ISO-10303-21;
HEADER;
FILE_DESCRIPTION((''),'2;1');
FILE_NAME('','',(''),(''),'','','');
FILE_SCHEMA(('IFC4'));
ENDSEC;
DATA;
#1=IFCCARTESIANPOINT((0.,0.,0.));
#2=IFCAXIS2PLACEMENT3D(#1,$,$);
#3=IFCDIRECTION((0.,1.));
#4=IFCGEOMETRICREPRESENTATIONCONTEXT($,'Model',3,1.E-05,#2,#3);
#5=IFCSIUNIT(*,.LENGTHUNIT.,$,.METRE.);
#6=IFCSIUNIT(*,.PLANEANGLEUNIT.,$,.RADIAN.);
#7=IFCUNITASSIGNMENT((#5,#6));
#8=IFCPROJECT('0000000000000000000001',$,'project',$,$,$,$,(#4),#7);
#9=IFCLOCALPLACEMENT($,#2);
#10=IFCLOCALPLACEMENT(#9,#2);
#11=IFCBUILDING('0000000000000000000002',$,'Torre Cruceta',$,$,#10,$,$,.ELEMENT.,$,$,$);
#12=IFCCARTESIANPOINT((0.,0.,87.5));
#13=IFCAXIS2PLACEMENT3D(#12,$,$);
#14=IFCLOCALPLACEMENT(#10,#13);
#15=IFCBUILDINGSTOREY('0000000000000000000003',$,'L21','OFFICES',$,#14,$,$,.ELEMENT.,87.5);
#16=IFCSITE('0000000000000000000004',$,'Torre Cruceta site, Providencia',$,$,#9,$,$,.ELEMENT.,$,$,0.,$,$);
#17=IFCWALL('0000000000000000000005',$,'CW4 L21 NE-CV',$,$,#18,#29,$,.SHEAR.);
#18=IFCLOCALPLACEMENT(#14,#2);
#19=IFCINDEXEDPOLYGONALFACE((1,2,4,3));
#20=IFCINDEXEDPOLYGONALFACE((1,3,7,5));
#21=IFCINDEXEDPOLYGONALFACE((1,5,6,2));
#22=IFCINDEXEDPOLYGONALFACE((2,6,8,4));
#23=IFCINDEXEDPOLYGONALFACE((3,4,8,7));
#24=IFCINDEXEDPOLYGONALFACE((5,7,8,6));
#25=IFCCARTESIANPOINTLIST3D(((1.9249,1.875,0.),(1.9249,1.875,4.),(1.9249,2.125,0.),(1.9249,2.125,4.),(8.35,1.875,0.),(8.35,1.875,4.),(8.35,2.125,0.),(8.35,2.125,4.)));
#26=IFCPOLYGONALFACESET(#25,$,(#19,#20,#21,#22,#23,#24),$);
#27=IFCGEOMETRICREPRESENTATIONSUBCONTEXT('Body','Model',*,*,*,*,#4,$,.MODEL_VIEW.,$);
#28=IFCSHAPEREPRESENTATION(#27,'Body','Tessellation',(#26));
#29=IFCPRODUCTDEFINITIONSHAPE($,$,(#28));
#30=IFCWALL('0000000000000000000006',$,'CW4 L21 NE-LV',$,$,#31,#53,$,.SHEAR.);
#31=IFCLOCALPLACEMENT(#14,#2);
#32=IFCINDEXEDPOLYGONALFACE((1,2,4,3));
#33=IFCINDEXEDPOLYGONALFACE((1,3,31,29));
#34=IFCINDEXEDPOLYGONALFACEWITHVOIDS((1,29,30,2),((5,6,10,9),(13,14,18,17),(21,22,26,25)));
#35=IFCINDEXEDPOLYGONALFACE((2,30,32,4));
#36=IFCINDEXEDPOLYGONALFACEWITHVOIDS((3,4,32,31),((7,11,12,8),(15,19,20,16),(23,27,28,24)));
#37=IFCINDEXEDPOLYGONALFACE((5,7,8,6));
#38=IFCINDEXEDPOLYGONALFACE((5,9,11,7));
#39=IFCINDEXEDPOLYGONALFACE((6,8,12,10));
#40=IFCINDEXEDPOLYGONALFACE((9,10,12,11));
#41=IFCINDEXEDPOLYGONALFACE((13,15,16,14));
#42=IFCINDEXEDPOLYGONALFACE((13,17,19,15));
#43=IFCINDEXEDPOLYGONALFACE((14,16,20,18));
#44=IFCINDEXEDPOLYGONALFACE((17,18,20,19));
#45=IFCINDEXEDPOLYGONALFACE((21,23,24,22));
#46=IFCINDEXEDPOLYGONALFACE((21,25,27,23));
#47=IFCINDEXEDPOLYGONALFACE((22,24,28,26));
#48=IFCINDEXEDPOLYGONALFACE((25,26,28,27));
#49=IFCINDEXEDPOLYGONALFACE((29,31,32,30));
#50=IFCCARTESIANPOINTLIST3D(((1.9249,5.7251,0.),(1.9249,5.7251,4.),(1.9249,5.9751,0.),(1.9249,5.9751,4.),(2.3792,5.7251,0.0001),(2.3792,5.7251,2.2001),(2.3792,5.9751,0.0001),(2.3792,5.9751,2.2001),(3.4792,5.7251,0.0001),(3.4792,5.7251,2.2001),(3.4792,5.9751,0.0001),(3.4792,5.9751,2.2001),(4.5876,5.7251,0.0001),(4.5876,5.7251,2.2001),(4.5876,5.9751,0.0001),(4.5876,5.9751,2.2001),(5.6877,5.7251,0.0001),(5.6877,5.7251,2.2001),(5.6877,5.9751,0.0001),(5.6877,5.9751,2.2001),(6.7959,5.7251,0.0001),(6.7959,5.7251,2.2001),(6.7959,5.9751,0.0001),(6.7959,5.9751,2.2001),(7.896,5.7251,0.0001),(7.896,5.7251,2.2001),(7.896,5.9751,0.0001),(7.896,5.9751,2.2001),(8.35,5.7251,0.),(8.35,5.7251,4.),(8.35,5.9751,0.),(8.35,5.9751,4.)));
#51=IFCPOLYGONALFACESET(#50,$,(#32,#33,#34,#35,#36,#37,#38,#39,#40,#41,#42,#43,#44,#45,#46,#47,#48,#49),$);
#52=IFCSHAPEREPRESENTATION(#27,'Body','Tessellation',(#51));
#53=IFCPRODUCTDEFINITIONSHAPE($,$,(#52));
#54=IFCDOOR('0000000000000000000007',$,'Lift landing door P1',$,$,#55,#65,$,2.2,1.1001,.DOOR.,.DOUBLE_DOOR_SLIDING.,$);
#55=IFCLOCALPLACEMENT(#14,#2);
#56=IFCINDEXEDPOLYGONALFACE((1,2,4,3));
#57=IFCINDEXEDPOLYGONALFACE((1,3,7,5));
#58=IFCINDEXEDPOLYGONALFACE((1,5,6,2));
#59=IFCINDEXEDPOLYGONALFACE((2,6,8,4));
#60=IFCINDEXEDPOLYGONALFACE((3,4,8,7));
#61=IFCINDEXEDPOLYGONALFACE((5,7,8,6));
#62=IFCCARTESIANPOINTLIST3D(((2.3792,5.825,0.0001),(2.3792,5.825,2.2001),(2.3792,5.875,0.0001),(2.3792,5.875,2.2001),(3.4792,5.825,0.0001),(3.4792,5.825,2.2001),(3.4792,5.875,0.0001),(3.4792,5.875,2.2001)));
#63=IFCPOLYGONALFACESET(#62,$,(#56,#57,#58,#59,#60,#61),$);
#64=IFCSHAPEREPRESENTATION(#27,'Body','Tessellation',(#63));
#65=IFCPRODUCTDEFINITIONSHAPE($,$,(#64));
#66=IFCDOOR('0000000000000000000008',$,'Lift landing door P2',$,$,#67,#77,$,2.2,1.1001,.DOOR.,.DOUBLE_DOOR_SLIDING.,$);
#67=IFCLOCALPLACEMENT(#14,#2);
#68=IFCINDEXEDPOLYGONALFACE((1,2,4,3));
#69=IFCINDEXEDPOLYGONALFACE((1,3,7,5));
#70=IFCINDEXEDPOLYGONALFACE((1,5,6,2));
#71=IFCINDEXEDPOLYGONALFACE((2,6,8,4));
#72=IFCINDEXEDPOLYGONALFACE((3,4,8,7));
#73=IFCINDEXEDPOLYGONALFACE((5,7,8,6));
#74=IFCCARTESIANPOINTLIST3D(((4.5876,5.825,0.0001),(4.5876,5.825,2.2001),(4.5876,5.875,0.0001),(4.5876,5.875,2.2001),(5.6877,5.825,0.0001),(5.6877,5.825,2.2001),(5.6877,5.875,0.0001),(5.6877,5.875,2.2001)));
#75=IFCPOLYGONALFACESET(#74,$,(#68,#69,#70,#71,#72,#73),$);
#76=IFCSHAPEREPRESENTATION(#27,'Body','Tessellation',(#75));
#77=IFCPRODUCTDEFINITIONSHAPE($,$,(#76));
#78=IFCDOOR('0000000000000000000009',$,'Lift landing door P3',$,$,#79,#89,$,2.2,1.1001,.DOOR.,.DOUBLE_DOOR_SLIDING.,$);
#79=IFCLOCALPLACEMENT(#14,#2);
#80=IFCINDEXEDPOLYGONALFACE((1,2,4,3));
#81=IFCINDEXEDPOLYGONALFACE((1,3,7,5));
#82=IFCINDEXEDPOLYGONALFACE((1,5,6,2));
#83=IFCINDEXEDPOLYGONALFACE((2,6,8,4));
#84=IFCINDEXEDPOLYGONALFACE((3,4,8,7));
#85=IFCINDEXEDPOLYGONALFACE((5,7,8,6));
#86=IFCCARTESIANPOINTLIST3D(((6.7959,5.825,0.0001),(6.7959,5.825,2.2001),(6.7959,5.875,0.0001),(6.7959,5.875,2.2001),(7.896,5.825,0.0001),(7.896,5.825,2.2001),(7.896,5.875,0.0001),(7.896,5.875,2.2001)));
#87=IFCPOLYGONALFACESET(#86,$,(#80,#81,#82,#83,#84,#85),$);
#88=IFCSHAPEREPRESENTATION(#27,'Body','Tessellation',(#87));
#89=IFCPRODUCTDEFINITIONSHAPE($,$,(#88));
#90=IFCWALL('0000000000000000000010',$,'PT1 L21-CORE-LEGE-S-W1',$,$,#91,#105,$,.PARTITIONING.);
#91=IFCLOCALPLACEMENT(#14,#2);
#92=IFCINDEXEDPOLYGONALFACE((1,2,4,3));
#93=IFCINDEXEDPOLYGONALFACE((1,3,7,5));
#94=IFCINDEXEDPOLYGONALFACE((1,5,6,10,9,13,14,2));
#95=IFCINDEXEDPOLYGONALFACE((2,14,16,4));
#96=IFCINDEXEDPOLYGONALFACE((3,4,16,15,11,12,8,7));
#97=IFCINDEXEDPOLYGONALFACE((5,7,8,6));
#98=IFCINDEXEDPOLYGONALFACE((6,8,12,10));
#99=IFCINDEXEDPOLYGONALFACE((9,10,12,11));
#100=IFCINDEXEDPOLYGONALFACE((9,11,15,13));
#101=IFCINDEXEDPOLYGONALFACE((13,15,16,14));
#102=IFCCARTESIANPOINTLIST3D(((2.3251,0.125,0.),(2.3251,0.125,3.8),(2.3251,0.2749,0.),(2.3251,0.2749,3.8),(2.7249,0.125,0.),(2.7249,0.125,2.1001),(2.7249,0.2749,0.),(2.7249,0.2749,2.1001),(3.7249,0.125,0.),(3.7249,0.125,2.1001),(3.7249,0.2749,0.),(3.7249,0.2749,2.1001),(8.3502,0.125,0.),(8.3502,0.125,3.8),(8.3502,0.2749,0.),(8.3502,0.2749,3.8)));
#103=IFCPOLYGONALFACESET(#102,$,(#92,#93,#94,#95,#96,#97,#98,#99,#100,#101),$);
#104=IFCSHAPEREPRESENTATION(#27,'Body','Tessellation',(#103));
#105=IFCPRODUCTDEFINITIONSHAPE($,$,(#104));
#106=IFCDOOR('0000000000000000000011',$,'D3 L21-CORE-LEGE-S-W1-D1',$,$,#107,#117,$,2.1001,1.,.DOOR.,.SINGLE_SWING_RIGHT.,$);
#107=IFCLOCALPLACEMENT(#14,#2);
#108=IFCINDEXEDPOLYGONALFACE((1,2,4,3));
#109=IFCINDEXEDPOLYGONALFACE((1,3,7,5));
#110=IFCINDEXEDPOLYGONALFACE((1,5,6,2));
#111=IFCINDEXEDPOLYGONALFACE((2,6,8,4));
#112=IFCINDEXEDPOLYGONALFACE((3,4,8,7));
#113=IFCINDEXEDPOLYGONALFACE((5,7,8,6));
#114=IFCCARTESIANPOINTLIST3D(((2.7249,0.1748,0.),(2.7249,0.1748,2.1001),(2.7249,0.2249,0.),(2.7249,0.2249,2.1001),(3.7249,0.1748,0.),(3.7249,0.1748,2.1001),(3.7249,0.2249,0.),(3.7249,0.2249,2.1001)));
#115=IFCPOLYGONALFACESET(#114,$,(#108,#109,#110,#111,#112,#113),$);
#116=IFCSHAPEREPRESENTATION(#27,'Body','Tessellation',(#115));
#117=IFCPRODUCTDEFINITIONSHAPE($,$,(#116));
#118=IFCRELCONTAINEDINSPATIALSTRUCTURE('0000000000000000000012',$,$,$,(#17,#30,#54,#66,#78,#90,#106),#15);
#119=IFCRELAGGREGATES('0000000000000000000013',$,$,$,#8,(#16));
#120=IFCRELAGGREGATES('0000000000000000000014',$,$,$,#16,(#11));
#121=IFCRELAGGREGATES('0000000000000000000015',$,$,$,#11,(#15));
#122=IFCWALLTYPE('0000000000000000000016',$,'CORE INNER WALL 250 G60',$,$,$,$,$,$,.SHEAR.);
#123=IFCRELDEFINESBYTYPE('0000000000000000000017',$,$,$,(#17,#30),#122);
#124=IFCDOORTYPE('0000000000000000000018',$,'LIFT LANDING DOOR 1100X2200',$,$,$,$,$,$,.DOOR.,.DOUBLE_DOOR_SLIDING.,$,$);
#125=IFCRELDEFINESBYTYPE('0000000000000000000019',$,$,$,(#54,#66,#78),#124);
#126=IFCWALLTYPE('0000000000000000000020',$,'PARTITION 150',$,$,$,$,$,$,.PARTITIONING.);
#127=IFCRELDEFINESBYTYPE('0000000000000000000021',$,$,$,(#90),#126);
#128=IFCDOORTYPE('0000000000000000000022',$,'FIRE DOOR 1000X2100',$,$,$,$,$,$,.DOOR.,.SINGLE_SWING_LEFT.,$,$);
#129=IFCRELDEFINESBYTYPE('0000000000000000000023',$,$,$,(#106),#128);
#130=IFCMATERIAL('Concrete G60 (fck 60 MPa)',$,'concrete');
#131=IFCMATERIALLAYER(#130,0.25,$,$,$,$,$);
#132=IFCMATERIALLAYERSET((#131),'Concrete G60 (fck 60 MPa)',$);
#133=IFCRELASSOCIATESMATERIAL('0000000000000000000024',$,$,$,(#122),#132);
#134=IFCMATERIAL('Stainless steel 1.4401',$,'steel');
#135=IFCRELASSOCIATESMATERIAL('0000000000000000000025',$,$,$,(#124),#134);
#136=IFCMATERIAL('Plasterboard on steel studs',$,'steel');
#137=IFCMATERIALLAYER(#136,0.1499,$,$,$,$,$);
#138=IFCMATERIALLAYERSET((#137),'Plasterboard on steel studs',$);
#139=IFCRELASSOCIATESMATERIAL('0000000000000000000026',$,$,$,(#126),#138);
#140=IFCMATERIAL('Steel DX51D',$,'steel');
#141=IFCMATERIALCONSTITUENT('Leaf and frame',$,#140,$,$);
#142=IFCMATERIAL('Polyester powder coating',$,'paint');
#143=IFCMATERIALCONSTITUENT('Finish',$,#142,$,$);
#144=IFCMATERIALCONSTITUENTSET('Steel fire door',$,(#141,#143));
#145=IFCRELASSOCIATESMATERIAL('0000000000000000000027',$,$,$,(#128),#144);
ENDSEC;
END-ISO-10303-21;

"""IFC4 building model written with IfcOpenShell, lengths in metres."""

from ifc_helpers import new_model, si_unit, direction, frame, frame_2d, origin, place, context, subcontext, project, spatial, rectangle, extrude, material, layer, layer_set, constituent, constituent_set, type_object, element, fill, save


model = new_model("IFC4")

# Units and contexts
model_context = context("Model", 3, precision=1e-05, world=origin(), true_north=direction((0.0, 1.0)))
body_context = subcontext(model_context, "Body", "Model", "MODEL_VIEW")
ifc_project = project(units=[si_unit("LENGTHUNIT", "METRE"), si_unit("PLANEANGLEUNIT", "RADIAN")], contexts=[model_context])

# Site, building, storey
site_placement = place(None, origin())
site = spatial("IfcSite", under=ifc_project, at=site_placement, Name="Torre Cruceta site, Providencia", CompositionType="ELEMENT", RefElevation=0.0)
building_placement = place(site_placement, origin())
building = spatial("IfcBuilding", under=site, at=building_placement, Name="Torre Cruceta", CompositionType="ELEMENT")
storey_placement = place(building_placement, frame((0.0, 0.0, 87.5)))
storey = spatial("IfcBuildingStorey", under=building, at=storey_placement, Name="L21", Description="OFFICES", CompositionType="ELEMENT", Elevation=87.5)

# Shared definitions
ifc_material_1 = material(Name="Concrete G60 (fck 60 MPa)", Category="concrete")
ifc_layer_1 = layer(ifc_material_1, 0.25)
ifc_layer_set_1 = layer_set([ifc_layer_1], Name="Concrete G60 (fck 60 MPa)")
wall_type_1 = type_object("IfcWallType", Name="CORE INNER WALL 250 G60", PredefinedType="SHEAR", material=ifc_layer_set_1)

# Wall
wall_1_placement = place(storey_placement, frame((1.925, 2.0, 0.0), z_axis=(0.0, 0.0, 1.0), x_axis=(1.0, 0.0, 0.0)))
element("IfcWall", 1, at=wall_1_placement, inside=storey, type_object=wall_type_1, Name="CW4 L21 NE-CV", PredefinedType="SHEAR", context=body_context, shape_type="SweptSolid", body=[
    extrude(rectangle(XDim=6.425, YDim=0.25, at=frame_2d((3.2124, 0.0))), origin(), (0.0, 0.0, 1.0), 4.0),
])

# Wall, openings, doors
wall_2_placement = place(storey_placement, frame((1.925, 5.8501, 0.0), z_axis=(0.0, 0.0, 1.0), x_axis=(1.0, 0.0, 0.0)))
wall_2 = element("IfcWall", 2, at=wall_2_placement, inside=storey, type_object=wall_type_1, Name="CW4 L21 NE-LV", PredefinedType="SHEAR", context=body_context, shape_type="SweptSolid", body=[
    extrude(rectangle(XDim=6.425, YDim=0.25, at=frame_2d((3.2124, 0.0))), origin(), (0.0, 0.0, 1.0), 4.0),
])
opening_1_placement = place(wall_2_placement, frame((0.4541, 0.0, 0.0)))
opening_1 = element("IfcOpeningElement", 3, at=opening_1_placement, cuts=wall_2, PredefinedType="OPENING", context=body_context, shape_type="SweptSolid", body=[
    extrude(rectangle(XDim=1.1001, YDim=2.2, at=frame_2d((0.55, 1.1001))), frame((0.0, 0.135, 0.0), z_axis=(0.0, -1.0, 0.0), x_axis=(1.0, 0.0, 0.0)), (0.0, 0.0, 1.0), 0.27),
])
opening_2_placement = place(wall_2_placement, frame((2.6626, 0.0, 0.0)))
opening_2 = element("IfcOpeningElement", 4, at=opening_2_placement, cuts=wall_2, PredefinedType="OPENING", context=body_context, shape_type="SweptSolid", body=[
    extrude(rectangle(XDim=1.1001, YDim=2.2, at=frame_2d((0.55, 1.1001))), frame((0.0, 0.135, 0.0), z_axis=(0.0, -1.0, 0.0), x_axis=(1.0, 0.0, 0.0)), (0.0, 0.0, 1.0), 0.27),
])
opening_3_placement = place(wall_2_placement, frame((4.8708, 0.0, 0.0)))
opening_3 = element("IfcOpeningElement", 5, at=opening_3_placement, cuts=wall_2, PredefinedType="OPENING", context=body_context, shape_type="SweptSolid", body=[
    extrude(rectangle(XDim=1.1001, YDim=2.2, at=frame_2d((0.55, 1.1001))), frame((0.0, 0.135, 0.0), z_axis=(0.0, -1.0, 0.0), x_axis=(1.0, 0.0, 0.0)), (0.0, 0.0, 1.0), 0.27),
])
ifc_material_2 = material(Name="Stainless steel 1.4401", Category="steel")
door_type_1 = type_object("IfcDoorType", Name="LIFT LANDING DOOR 1100X2200", OperationType="DOUBLE_DOOR_SLIDING", PredefinedType="DOOR", material=ifc_material_2)
door_1_placement = place(opening_1_placement, origin())
door_1 = element("IfcDoor", 6, at=door_1_placement, inside=storey, type_object=door_type_1, Name="Lift landing door P1", OperationType="DOUBLE_DOOR_SLIDING", OverallHeight=2.2, OverallWidth=1.1001, PredefinedType="DOOR", context=body_context, shape_type="SweptSolid", body=[
    extrude(rectangle(XDim=1.1001, YDim=2.2, at=frame_2d((0.55, 1.1001))), frame((0.0, 0.0249, 0.0), z_axis=(0.0, -1.0, 0.0), x_axis=(1.0, 0.0, 0.0)), (0.0, 0.0, 1.0), 0.05),
])
fill(opening_1, door_1)
door_2_placement = place(opening_2_placement, origin())
door_2 = element("IfcDoor", 7, at=door_2_placement, inside=storey, type_object=door_type_1, Name="Lift landing door P2", OperationType="DOUBLE_DOOR_SLIDING", OverallHeight=2.2, OverallWidth=1.1001, PredefinedType="DOOR", context=body_context, shape_type="SweptSolid", body=[
    extrude(rectangle(XDim=1.1001, YDim=2.2, at=frame_2d((0.55, 1.1001))), frame((0.0, 0.0249, 0.0), z_axis=(0.0, -1.0, 0.0), x_axis=(1.0, 0.0, 0.0)), (0.0, 0.0, 1.0), 0.05),
])
fill(opening_2, door_2)
door_3_placement = place(opening_3_placement, origin())
door_3 = element("IfcDoor", 8, at=door_3_placement, inside=storey, type_object=door_type_1, Name="Lift landing door P3", OperationType="DOUBLE_DOOR_SLIDING", OverallHeight=2.2, OverallWidth=1.1001, PredefinedType="DOOR", context=body_context, shape_type="SweptSolid", body=[
    extrude(rectangle(XDim=1.1001, YDim=2.2, at=frame_2d((0.55, 1.1001))), frame((0.0, 0.0249, 0.0), z_axis=(0.0, -1.0, 0.0), x_axis=(1.0, 0.0, 0.0)), (0.0, 0.0, 1.0), 0.05),
])
fill(opening_3, door_3)

# Wall, opening, door
ifc_material_3 = material(Name="Plasterboard on steel studs", Category="steel")
ifc_layer_2 = layer(ifc_material_3, 0.1499)
ifc_layer_set_2 = layer_set([ifc_layer_2], Name="Plasterboard on steel studs")
wall_type_2 = type_object("IfcWallType", Name="PARTITION 150", PredefinedType="PARTITIONING", material=ifc_layer_set_2)
wall_3_placement = place(storey_placement, frame((2.325, 0.2, 0.0), z_axis=(0.0, 0.0, 1.0), x_axis=(1.0, 0.0, 0.0)))
wall_3 = element("IfcWall", 9, at=wall_3_placement, inside=storey, type_object=wall_type_2, Name="PT1 L21-CORE-LEGE-S-W1", PredefinedType="PARTITIONING", context=body_context, shape_type="SweptSolid", body=[
    extrude(rectangle(XDim=6.0251, YDim=0.1499, at=frame_2d((3.0127, 0.0))), origin(), (0.0, 0.0, 1.0), 3.8),
])
opening_4_placement = place(wall_3_placement, frame((0.3999, 0.0, 0.0)))
opening_4 = element("IfcOpeningElement", 10, at=opening_4_placement, cuts=wall_3, PredefinedType="OPENING", context=body_context, shape_type="SweptSolid", body=[
    extrude(rectangle(XDim=1.0, YDim=2.1001, at=frame_2d((0.5, 1.05))), frame((0.0, 0.085, 0.0), z_axis=(0.0, -1.0, 0.0), x_axis=(1.0, 0.0, 0.0)), (0.0, 0.0, 1.0), 0.1699),
])
ifc_material_4 = material(Name="Steel DX51D", Category="steel")
ifc_constituent_1 = constituent(ifc_material_4, Name="Leaf and frame")
ifc_material_5 = material(Name="Polyester powder coating", Category="paint")
ifc_constituent_2 = constituent(ifc_material_5, Name="Finish")
ifc_constituent_set_1 = constituent_set(constituents=[ifc_constituent_1, ifc_constituent_2], Name="Steel fire door")
door_type_2 = type_object("IfcDoorType", Name="FIRE DOOR 1000X2100", OperationType="SINGLE_SWING_LEFT", PredefinedType="DOOR", material=ifc_constituent_set_1)
door_4_placement = place(opening_4_placement, frame((1.0, 0.0, 0.0), z_axis=(0.0, 0.0, 1.0), x_axis=(-1.0, 0.0, 0.0)))
door_4 = element("IfcDoor", 11, at=door_4_placement, inside=storey, type_object=door_type_2, Name="D3 L21-CORE-LEGE-S-W1-D1", OperationType="SINGLE_SWING_RIGHT", OverallHeight=2.1001, OverallWidth=1.0, PredefinedType="DOOR", context=body_context, shape_type="SweptSolid", body=[
    extrude(rectangle(XDim=1.0, YDim=2.1001, at=frame_2d((0.5, 1.05))), frame((0.0, 0.0251, 0.0), z_axis=(0.0, -1.0, 0.0), x_axis=(1.0, 0.0, 0.0)), (0.0, 0.0, 1.0), 0.05),
])
fill(opening_4, door_4)

save(model, "model.ifc")
